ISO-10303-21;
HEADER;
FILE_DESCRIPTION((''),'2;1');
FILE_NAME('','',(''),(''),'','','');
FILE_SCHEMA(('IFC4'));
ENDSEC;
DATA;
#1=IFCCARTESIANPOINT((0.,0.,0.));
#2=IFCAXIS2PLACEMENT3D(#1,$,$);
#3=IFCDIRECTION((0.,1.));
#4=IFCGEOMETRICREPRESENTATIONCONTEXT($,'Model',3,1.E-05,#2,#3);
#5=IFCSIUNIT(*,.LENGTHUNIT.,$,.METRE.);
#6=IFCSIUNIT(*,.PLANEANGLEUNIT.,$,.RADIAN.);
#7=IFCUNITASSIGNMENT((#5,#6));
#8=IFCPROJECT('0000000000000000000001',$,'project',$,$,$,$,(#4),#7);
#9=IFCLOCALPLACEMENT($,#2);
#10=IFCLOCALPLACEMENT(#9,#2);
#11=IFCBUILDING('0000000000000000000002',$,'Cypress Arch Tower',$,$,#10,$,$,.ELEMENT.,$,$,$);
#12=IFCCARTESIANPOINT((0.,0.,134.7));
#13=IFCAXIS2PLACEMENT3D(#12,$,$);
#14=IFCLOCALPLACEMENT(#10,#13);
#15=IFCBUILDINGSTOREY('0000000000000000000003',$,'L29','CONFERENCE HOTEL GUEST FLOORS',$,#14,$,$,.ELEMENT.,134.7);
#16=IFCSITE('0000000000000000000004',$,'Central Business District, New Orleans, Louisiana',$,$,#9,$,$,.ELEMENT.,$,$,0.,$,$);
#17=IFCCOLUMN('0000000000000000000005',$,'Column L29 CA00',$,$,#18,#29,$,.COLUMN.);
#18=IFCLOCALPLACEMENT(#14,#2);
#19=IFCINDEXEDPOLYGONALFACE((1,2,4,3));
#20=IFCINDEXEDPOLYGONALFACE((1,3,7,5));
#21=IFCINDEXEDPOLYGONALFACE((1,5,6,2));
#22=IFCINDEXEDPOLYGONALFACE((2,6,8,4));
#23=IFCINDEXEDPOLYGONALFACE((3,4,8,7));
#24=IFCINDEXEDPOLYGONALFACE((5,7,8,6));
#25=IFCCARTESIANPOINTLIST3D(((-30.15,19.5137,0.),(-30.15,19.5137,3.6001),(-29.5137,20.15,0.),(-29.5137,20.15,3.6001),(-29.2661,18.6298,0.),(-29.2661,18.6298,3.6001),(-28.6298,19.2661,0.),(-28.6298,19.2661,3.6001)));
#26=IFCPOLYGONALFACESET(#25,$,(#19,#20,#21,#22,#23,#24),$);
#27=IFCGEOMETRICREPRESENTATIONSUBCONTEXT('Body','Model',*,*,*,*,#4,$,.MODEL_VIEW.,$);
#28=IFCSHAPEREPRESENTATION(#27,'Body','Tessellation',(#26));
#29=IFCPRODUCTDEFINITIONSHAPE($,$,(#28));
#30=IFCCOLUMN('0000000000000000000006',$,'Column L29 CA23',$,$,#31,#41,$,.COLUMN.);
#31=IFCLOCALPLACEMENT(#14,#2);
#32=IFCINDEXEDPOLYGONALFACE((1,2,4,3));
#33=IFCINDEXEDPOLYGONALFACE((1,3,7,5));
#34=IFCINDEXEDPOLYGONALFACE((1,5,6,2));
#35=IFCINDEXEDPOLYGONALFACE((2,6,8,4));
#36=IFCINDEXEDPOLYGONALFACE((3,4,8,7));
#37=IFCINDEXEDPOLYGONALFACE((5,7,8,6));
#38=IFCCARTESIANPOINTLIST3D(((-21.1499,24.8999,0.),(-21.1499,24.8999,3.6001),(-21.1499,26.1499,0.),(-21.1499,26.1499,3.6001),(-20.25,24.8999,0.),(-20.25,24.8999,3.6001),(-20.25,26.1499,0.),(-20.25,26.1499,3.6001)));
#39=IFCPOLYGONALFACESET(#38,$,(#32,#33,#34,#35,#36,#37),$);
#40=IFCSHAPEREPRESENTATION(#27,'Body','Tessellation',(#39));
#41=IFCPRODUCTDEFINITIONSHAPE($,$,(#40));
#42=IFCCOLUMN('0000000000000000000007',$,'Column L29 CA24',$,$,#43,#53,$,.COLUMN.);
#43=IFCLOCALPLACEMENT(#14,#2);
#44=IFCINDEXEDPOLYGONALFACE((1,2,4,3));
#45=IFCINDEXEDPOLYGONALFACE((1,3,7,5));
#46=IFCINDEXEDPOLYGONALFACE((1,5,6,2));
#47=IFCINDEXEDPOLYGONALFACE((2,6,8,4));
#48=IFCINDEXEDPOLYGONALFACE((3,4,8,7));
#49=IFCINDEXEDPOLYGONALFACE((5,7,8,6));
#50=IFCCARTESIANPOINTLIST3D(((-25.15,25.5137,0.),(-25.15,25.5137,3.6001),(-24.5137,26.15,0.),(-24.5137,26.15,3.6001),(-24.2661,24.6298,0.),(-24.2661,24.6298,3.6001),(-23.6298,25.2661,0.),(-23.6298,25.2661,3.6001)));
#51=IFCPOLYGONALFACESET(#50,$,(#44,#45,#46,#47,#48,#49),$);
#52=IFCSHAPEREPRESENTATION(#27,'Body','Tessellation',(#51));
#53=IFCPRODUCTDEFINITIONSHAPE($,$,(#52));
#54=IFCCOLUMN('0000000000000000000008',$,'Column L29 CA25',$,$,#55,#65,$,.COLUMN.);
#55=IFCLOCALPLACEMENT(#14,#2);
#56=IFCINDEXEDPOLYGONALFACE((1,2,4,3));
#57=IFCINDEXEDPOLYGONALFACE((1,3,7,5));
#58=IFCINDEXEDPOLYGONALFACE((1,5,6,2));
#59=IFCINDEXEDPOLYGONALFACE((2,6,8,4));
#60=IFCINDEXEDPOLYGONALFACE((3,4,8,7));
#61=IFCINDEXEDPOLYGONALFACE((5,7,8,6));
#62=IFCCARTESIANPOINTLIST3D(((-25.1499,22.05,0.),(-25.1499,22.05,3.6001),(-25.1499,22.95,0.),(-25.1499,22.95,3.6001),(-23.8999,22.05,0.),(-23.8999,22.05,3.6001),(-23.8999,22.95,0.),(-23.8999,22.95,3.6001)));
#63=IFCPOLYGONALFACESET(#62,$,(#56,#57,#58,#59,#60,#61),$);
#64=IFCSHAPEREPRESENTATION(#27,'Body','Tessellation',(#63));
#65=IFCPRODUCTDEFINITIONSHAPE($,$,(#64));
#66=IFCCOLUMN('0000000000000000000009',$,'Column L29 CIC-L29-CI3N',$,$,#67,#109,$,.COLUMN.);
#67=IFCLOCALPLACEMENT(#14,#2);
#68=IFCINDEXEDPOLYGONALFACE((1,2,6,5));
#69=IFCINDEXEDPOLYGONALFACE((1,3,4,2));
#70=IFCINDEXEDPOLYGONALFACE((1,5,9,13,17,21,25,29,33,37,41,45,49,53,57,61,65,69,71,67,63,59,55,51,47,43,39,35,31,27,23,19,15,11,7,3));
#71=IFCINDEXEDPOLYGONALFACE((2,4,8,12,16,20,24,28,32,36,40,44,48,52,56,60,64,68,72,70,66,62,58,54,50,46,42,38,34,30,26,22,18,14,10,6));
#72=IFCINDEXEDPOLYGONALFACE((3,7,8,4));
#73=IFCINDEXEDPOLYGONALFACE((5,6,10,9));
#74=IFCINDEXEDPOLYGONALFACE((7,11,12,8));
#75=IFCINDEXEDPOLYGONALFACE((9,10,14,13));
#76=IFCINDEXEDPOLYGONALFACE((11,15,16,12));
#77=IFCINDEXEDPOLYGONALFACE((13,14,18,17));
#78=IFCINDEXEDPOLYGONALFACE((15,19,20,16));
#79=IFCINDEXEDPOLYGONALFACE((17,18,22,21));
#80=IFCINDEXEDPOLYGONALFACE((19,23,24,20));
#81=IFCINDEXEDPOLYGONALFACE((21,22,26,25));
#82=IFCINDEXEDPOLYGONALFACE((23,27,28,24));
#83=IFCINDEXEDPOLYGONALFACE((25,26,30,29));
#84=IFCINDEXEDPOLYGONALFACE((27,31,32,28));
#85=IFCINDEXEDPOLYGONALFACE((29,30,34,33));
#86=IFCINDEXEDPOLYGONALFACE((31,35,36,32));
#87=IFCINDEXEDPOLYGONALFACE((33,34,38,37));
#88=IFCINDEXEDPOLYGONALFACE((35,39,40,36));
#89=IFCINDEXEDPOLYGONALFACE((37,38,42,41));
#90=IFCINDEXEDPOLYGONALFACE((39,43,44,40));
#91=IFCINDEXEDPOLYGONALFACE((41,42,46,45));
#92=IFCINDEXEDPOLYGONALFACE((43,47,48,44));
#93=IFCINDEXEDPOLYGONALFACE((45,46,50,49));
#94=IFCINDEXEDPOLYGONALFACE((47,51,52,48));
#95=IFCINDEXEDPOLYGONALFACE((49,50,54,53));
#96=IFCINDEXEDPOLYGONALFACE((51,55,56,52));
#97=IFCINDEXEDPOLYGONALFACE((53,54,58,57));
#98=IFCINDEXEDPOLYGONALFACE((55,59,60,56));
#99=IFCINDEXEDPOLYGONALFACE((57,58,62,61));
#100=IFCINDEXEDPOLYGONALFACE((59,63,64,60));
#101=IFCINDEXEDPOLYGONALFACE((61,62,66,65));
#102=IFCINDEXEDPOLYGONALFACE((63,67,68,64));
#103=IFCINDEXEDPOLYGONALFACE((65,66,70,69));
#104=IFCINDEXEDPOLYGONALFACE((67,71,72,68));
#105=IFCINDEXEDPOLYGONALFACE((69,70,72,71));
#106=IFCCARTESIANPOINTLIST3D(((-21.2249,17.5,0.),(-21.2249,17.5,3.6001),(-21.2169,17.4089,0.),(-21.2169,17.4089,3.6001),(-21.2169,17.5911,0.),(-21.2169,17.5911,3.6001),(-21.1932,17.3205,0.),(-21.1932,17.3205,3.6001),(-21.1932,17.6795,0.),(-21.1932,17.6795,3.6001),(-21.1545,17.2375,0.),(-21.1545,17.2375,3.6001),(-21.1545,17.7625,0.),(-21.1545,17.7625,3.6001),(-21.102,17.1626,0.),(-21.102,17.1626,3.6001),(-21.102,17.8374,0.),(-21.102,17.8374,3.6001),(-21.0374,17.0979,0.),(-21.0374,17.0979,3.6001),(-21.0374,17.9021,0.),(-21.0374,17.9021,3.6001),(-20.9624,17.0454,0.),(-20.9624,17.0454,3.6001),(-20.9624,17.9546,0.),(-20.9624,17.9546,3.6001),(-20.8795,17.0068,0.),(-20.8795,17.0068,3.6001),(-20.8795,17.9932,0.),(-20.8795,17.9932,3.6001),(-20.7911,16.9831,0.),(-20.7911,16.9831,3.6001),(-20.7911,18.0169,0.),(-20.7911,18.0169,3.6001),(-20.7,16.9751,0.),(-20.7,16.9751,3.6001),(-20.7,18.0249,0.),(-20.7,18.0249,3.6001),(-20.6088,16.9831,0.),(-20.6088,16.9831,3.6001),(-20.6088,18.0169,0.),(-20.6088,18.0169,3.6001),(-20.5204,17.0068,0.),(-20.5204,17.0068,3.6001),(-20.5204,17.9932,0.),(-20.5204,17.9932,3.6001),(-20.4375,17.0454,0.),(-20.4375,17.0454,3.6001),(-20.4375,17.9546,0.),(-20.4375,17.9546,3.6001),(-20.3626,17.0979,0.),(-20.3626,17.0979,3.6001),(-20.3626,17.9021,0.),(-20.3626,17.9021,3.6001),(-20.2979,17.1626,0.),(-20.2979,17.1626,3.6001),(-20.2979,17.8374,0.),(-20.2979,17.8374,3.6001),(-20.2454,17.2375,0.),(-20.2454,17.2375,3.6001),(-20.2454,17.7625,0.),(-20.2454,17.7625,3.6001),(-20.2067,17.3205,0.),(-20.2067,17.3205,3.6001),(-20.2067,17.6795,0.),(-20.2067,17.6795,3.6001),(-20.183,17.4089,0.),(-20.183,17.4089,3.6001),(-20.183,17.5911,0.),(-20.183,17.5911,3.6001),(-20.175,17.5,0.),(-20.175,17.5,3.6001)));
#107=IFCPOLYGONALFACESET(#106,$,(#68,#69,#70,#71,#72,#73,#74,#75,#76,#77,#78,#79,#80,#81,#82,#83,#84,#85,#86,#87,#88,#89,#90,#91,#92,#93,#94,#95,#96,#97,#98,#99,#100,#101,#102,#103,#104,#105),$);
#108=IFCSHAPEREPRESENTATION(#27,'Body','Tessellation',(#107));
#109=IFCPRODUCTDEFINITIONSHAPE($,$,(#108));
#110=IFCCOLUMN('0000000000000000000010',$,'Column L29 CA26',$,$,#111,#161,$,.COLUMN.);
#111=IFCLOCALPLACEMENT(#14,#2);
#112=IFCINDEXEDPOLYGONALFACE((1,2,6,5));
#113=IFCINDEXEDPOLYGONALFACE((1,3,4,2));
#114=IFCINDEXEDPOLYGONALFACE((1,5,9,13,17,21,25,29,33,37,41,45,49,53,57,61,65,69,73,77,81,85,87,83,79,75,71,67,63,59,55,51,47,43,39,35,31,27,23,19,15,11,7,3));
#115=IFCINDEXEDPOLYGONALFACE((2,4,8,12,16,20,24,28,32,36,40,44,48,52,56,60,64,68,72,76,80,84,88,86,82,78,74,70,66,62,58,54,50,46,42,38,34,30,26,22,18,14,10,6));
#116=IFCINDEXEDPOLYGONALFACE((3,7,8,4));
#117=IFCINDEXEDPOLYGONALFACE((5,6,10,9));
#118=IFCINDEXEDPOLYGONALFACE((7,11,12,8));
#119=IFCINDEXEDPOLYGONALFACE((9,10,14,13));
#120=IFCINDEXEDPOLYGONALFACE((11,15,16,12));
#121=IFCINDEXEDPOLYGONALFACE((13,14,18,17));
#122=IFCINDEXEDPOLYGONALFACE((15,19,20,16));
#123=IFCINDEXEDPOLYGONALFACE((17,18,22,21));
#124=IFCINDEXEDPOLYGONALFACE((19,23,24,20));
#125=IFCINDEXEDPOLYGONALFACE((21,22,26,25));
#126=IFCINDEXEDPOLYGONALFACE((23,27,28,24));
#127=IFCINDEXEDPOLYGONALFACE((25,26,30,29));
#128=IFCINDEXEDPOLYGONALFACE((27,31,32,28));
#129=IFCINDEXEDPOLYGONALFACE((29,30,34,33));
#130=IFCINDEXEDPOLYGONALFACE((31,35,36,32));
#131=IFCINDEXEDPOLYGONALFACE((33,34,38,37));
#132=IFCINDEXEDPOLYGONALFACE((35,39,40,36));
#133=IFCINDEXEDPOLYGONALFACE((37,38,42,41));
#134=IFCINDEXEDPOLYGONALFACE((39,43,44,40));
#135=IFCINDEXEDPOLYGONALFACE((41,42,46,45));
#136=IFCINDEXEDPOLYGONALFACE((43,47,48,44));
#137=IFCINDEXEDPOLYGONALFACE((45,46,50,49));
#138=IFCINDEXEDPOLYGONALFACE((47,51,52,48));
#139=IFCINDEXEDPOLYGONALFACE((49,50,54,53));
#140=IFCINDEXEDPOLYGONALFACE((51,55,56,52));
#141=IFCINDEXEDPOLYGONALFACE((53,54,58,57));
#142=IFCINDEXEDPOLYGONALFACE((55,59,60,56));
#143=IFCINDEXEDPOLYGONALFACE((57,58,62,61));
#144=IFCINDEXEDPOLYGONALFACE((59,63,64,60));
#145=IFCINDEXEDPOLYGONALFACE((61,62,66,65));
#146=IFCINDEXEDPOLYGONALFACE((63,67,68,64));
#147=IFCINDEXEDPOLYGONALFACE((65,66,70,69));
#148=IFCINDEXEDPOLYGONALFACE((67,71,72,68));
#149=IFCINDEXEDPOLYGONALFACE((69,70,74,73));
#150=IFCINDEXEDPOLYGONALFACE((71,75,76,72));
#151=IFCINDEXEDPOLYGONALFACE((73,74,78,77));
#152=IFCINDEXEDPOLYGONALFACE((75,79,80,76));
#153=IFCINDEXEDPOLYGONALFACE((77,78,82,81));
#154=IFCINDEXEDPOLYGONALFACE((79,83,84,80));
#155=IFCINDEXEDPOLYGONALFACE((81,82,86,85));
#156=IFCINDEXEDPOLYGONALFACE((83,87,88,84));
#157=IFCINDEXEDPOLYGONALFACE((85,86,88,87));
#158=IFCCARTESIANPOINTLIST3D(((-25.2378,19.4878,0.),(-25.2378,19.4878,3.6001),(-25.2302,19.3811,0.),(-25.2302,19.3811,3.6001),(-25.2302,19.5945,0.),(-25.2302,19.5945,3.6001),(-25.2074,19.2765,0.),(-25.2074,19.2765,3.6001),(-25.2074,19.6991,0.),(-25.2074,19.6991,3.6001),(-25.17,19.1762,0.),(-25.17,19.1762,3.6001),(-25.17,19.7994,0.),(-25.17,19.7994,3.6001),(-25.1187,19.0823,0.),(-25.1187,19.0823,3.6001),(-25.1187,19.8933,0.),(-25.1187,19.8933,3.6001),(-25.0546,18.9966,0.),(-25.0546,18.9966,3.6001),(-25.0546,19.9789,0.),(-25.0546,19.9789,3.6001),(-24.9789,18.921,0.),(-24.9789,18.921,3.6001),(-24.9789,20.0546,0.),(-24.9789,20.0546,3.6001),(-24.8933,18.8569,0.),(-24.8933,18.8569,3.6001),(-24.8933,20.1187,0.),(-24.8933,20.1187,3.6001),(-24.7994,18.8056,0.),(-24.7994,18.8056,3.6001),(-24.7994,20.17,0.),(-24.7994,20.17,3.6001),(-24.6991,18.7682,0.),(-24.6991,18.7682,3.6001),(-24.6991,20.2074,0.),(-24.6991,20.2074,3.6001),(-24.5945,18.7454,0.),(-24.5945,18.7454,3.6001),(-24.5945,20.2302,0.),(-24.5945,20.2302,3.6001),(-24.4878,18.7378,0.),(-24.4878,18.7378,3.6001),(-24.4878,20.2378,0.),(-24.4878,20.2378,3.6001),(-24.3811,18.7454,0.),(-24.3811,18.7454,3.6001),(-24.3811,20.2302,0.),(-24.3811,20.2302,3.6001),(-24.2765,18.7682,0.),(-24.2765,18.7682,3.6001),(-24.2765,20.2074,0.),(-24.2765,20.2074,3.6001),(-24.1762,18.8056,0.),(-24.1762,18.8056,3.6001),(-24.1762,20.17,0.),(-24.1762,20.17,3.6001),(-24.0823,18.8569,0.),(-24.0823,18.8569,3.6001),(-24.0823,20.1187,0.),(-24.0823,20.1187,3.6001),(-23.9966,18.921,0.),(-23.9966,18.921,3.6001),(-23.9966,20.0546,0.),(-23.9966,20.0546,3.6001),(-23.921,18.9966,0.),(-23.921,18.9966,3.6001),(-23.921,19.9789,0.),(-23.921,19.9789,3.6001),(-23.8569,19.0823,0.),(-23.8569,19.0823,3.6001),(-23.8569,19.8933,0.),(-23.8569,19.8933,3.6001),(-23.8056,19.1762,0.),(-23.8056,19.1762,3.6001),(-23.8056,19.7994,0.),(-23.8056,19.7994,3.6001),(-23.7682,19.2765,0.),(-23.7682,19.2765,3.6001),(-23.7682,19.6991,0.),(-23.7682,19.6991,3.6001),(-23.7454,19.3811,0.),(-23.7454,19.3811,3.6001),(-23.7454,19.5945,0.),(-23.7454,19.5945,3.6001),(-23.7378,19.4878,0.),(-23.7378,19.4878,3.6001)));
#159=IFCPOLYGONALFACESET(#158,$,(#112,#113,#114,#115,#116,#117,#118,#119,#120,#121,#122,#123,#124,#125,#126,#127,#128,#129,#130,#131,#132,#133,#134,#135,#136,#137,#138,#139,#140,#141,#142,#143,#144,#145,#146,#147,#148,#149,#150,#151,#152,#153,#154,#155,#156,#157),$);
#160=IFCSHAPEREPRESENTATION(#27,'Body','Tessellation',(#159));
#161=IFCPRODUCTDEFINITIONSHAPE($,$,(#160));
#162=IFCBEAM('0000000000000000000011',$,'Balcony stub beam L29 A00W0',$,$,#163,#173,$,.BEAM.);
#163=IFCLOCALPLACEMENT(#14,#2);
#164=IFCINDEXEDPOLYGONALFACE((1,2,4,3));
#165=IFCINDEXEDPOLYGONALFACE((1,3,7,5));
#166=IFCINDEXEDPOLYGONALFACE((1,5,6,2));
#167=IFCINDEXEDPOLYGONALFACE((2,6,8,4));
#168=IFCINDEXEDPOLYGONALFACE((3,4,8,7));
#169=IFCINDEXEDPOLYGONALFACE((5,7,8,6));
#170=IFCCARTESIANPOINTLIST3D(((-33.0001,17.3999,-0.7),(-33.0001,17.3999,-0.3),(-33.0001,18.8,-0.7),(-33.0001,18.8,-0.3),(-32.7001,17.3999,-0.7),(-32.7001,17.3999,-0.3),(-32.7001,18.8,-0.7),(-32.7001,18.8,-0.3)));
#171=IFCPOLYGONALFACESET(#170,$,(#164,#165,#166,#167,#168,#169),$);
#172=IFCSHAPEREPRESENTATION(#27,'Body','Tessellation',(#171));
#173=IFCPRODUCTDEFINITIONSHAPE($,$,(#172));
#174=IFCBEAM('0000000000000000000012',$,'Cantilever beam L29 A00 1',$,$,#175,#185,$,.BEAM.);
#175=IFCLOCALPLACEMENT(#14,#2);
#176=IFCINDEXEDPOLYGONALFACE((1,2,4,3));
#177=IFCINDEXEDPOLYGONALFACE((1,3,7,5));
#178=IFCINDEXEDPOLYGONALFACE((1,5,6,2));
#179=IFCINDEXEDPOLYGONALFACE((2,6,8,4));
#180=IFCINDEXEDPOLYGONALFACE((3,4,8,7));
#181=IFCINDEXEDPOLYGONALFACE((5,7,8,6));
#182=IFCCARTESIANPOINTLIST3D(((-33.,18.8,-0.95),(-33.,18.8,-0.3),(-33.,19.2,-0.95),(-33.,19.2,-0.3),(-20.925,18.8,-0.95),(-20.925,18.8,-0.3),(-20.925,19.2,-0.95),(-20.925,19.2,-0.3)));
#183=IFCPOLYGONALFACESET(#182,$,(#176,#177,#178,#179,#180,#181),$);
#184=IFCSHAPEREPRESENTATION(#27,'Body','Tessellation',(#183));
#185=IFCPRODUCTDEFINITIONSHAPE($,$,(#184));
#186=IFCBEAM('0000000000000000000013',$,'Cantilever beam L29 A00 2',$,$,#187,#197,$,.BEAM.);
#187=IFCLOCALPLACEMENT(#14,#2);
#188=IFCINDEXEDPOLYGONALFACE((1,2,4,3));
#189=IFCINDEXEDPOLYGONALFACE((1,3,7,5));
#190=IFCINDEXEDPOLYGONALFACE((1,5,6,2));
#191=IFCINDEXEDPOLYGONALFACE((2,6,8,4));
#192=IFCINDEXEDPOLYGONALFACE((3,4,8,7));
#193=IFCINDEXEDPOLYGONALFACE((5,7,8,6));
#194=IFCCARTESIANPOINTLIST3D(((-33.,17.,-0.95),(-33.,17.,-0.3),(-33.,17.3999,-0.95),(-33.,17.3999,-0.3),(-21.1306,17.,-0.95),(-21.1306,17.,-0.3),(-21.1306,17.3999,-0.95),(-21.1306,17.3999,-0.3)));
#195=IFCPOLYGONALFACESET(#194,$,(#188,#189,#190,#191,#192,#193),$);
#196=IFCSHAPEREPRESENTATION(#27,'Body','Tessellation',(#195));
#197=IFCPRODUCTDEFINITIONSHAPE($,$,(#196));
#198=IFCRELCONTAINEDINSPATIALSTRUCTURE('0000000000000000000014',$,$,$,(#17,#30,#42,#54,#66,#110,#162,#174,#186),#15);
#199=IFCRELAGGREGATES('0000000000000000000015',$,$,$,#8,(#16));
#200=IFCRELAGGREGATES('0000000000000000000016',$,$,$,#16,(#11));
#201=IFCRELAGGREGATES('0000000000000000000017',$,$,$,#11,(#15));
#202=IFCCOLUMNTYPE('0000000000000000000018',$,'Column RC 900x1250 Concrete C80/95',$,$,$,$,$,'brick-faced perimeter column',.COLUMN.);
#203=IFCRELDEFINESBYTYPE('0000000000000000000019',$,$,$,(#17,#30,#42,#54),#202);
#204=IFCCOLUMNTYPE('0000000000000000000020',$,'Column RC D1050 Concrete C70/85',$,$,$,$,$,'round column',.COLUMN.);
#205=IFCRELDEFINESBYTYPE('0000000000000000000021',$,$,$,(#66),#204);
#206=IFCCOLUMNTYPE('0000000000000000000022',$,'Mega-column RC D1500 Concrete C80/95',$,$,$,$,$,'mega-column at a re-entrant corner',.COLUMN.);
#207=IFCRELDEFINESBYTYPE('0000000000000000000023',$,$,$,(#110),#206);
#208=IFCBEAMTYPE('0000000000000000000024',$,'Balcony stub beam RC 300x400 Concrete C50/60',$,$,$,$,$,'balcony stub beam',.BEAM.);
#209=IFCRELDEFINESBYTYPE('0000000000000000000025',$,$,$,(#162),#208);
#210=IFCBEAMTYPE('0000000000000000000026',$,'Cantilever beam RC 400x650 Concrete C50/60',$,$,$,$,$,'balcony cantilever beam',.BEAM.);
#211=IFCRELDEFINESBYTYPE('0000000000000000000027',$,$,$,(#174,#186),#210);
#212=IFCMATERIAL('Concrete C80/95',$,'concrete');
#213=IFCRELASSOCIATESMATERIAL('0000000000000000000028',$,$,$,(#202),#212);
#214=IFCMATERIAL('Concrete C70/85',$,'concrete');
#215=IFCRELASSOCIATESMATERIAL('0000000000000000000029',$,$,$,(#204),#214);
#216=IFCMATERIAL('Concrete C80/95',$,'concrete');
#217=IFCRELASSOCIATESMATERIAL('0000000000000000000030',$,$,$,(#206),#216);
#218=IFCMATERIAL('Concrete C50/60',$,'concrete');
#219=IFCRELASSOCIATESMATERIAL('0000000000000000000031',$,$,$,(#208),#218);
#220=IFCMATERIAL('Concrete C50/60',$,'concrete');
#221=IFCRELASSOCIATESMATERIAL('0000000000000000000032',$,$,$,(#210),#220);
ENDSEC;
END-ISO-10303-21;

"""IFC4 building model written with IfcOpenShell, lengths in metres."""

from ifc_helpers import new_model, si_unit, direction, frame, origin, origin_2d, place, context, subcontext, project, spatial, rectangle, circle, extrude, material, material_profile, profile_set, type_object, element, save


model = new_model("IFC4")

# Units and contexts
model_context = context("Model", 3, precision=1e-05, world=origin(), true_north=direction((0.0, 1.0)))
body_context = subcontext(model_context, "Body", "Model", "MODEL_VIEW")
ifc_project = project(units=[si_unit("LENGTHUNIT", "METRE"), si_unit("PLANEANGLEUNIT", "RADIAN")], contexts=[model_context])

# Site, building, storey
site_placement = place(None, origin())
site = spatial("IfcSite", under=ifc_project, at=site_placement, Name="Central Business District, New Orleans, Louisiana", CompositionType="ELEMENT", RefElevation=0.0)
building_placement = place(site_placement, origin())
building = spatial("IfcBuilding", under=site, at=building_placement, Name="Cypress Arch Tower", CompositionType="ELEMENT")
storey_placement = place(building_placement, frame((0.0, 0.0, 134.7)))
storey = spatial("IfcBuildingStorey", under=building, at=storey_placement, Name="L29", Description="CONFERENCE HOTEL GUEST FLOORS", CompositionType="ELEMENT", Elevation=134.7)

# Columns
ifc_material_1 = material(Name="Concrete C80/95", Category="concrete")
ifc_material_profile_1 = material_profile(ifc_material_1, rectangle(XDim=0.8999, YDim=1.25, at=origin_2d()), Name="RC 900x1250")
ifc_profile_set_1 = profile_set([ifc_material_profile_1], Name="Concrete C80/95")
column_type_1 = type_object("IfcColumnType", Name="Column RC 900x1250 Concrete C80/95", ElementType="brick-faced perimeter column", PredefinedType="COLUMN", material=ifc_profile_set_1)
for number, where, z_axis, x_axis, name in (
    (1, (-29.3899, 19.3899, 0.0), (0.0, 0.0, 1.0), (-0.707107, -0.707107, 0.0), "Column L29 CA00"),
    (2, (-20.7, 25.5249, 0.0), (0.0, 0.0, 1.0), (-1.0, 0.0, 0.0), "Column L29 CA23"),
    (3, (-24.3899, 25.3899, 0.0), (0.0, 0.0, 1.0), (-0.707107, -0.707107, 0.0), "Column L29 CA24"),
    (4, (-24.5249, 22.5, 0.0), (0.0, 0.0, 1.0), (0.0, -1.0, 0.0), "Column L29 CA25"),
):
    element("IfcColumn", number, at=place(storey_placement, frame(where, z_axis=z_axis, x_axis=x_axis)), inside=storey, type_object=column_type_1, Name=name, PredefinedType="COLUMN", context=body_context, shape_type="SweptSolid", body=[
        extrude(rectangle(XDim=0.8999, YDim=1.25, at=origin_2d()), origin(), (0.0, 0.0, 1.0), 3.6001),
    ])
ifc_material_2 = material(Name="Concrete C70/85", Category="concrete")
ifc_material_profile_2 = material_profile(ifc_material_2, circle(Radius=0.5249, at=origin_2d()), Name="RC D1050")
ifc_profile_set_2 = profile_set([ifc_material_profile_2], Name="Concrete C70/85")
column_type_2 = type_object("IfcColumnType", Name="Column RC D1050 Concrete C70/85", ElementType="round column", PredefinedType="COLUMN", material=ifc_profile_set_2)
column_1_placement = place(storey_placement, frame((-20.7, 17.5, 0.0), z_axis=(0.0, 0.0, 1.0), x_axis=(1.0, 0.0, 0.0)))
element("IfcColumn", 5, at=column_1_placement, inside=storey, type_object=column_type_2, Name="Column L29 CIC-L29-CI3N", PredefinedType="COLUMN", context=body_context, shape_type="SweptSolid", body=[
    extrude(circle(Radius=0.5249, at=origin_2d()), origin(), (0.0, 0.0, 1.0), 3.6001),
])
ifc_material_3 = material(Name="Concrete C80/95", Category="concrete")
ifc_material_profile_3 = material_profile(ifc_material_3, circle(Radius=0.75, at=origin_2d()), Name="RC D1500")
ifc_profile_set_3 = profile_set([ifc_material_profile_3], Name="Concrete C80/95")
column_type_3 = type_object("IfcColumnType", Name="Mega-column RC D1500 Concrete C80/95", ElementType="mega-column at a re-entrant corner", PredefinedType="COLUMN", material=ifc_profile_set_3)
column_2_placement = place(storey_placement, frame((-24.4878, 19.4878, 0.0), z_axis=(0.0, 0.0, 1.0), x_axis=(1.0, 0.0, 0.0)))
element("IfcColumn", 6, at=column_2_placement, inside=storey, type_object=column_type_3, Name="Column L29 CA26", PredefinedType="COLUMN", context=body_context, shape_type="SweptSolid", body=[
    extrude(circle(Radius=0.75, at=origin_2d()), origin(), (0.0, 0.0, 1.0), 3.6001),
])

# Beams
ifc_material_4 = material(Name="Concrete C50/60", Category="concrete")
ifc_material_profile_4 = material_profile(ifc_material_4, rectangle(XDim=0.3, YDim=0.3999, at=origin_2d()), Name="RC 300x400")
ifc_profile_set_4 = profile_set([ifc_material_profile_4], Name="Concrete C50/60")
beam_type_1 = type_object("IfcBeamType", Name="Balcony stub beam RC 300x400 Concrete C50/60", ElementType="balcony stub beam", PredefinedType="BEAM", material=ifc_profile_set_4)
beam_1_placement = place(storey_placement, frame((-32.8501, 18.8, -0.5), z_axis=(0.0, -1.0, 0.0), x_axis=(1.0, 0.0, 0.0)))
element("IfcBeam", 7, at=beam_1_placement, inside=storey, type_object=beam_type_1, Name="Balcony stub beam L29 A00W0", PredefinedType="BEAM", context=body_context, shape_type="SweptSolid", body=[
    extrude(rectangle(XDim=0.3, YDim=0.3999, at=origin_2d()), origin(), (0.0, 0.0, 1.0), 1.4001),
])
ifc_material_5 = material(Name="Concrete C50/60", Category="concrete")
ifc_material_profile_5 = material_profile(ifc_material_5, rectangle(XDim=0.3999, YDim=0.6499, at=origin_2d()), Name="RC 400x650")
ifc_profile_set_5 = profile_set([ifc_material_profile_5], Name="Concrete C50/60")
beam_type_2 = type_object("IfcBeamType", Name="Cantilever beam RC 400x650 Concrete C50/60", ElementType="balcony cantilever beam", PredefinedType="BEAM", material=ifc_profile_set_5)
beam_2_placement = place(storey_placement, frame((-20.925, 19.0, -0.625), z_axis=(-1.0, 0.0, 0.0), x_axis=(0.0, -1.0, 0.0)))
element("IfcBeam", 8, at=beam_2_placement, inside=storey, type_object=beam_type_2, Name="Cantilever beam L29 A00 1", PredefinedType="BEAM", context=body_context, shape_type="SweptSolid", body=[
    extrude(rectangle(XDim=0.3999, YDim=0.6499, at=origin_2d()), origin(), (0.0, 0.0, 1.0), 12.075),
])
beam_3_placement = place(storey_placement, frame((-21.1306, 17.2, -0.625), z_axis=(-1.0, 0.0, 0.0), x_axis=(0.0, -1.0, 0.0)))
element("IfcBeam", 9, at=beam_3_placement, inside=storey, type_object=beam_type_2, Name="Cantilever beam L29 A00 2", PredefinedType="BEAM", context=body_context, shape_type="SweptSolid", body=[
    extrude(rectangle(XDim=0.3999, YDim=0.6499, at=origin_2d()), origin(), (0.0, 0.0, 1.0), 11.8694),
])

save(model, "model.ifc")
